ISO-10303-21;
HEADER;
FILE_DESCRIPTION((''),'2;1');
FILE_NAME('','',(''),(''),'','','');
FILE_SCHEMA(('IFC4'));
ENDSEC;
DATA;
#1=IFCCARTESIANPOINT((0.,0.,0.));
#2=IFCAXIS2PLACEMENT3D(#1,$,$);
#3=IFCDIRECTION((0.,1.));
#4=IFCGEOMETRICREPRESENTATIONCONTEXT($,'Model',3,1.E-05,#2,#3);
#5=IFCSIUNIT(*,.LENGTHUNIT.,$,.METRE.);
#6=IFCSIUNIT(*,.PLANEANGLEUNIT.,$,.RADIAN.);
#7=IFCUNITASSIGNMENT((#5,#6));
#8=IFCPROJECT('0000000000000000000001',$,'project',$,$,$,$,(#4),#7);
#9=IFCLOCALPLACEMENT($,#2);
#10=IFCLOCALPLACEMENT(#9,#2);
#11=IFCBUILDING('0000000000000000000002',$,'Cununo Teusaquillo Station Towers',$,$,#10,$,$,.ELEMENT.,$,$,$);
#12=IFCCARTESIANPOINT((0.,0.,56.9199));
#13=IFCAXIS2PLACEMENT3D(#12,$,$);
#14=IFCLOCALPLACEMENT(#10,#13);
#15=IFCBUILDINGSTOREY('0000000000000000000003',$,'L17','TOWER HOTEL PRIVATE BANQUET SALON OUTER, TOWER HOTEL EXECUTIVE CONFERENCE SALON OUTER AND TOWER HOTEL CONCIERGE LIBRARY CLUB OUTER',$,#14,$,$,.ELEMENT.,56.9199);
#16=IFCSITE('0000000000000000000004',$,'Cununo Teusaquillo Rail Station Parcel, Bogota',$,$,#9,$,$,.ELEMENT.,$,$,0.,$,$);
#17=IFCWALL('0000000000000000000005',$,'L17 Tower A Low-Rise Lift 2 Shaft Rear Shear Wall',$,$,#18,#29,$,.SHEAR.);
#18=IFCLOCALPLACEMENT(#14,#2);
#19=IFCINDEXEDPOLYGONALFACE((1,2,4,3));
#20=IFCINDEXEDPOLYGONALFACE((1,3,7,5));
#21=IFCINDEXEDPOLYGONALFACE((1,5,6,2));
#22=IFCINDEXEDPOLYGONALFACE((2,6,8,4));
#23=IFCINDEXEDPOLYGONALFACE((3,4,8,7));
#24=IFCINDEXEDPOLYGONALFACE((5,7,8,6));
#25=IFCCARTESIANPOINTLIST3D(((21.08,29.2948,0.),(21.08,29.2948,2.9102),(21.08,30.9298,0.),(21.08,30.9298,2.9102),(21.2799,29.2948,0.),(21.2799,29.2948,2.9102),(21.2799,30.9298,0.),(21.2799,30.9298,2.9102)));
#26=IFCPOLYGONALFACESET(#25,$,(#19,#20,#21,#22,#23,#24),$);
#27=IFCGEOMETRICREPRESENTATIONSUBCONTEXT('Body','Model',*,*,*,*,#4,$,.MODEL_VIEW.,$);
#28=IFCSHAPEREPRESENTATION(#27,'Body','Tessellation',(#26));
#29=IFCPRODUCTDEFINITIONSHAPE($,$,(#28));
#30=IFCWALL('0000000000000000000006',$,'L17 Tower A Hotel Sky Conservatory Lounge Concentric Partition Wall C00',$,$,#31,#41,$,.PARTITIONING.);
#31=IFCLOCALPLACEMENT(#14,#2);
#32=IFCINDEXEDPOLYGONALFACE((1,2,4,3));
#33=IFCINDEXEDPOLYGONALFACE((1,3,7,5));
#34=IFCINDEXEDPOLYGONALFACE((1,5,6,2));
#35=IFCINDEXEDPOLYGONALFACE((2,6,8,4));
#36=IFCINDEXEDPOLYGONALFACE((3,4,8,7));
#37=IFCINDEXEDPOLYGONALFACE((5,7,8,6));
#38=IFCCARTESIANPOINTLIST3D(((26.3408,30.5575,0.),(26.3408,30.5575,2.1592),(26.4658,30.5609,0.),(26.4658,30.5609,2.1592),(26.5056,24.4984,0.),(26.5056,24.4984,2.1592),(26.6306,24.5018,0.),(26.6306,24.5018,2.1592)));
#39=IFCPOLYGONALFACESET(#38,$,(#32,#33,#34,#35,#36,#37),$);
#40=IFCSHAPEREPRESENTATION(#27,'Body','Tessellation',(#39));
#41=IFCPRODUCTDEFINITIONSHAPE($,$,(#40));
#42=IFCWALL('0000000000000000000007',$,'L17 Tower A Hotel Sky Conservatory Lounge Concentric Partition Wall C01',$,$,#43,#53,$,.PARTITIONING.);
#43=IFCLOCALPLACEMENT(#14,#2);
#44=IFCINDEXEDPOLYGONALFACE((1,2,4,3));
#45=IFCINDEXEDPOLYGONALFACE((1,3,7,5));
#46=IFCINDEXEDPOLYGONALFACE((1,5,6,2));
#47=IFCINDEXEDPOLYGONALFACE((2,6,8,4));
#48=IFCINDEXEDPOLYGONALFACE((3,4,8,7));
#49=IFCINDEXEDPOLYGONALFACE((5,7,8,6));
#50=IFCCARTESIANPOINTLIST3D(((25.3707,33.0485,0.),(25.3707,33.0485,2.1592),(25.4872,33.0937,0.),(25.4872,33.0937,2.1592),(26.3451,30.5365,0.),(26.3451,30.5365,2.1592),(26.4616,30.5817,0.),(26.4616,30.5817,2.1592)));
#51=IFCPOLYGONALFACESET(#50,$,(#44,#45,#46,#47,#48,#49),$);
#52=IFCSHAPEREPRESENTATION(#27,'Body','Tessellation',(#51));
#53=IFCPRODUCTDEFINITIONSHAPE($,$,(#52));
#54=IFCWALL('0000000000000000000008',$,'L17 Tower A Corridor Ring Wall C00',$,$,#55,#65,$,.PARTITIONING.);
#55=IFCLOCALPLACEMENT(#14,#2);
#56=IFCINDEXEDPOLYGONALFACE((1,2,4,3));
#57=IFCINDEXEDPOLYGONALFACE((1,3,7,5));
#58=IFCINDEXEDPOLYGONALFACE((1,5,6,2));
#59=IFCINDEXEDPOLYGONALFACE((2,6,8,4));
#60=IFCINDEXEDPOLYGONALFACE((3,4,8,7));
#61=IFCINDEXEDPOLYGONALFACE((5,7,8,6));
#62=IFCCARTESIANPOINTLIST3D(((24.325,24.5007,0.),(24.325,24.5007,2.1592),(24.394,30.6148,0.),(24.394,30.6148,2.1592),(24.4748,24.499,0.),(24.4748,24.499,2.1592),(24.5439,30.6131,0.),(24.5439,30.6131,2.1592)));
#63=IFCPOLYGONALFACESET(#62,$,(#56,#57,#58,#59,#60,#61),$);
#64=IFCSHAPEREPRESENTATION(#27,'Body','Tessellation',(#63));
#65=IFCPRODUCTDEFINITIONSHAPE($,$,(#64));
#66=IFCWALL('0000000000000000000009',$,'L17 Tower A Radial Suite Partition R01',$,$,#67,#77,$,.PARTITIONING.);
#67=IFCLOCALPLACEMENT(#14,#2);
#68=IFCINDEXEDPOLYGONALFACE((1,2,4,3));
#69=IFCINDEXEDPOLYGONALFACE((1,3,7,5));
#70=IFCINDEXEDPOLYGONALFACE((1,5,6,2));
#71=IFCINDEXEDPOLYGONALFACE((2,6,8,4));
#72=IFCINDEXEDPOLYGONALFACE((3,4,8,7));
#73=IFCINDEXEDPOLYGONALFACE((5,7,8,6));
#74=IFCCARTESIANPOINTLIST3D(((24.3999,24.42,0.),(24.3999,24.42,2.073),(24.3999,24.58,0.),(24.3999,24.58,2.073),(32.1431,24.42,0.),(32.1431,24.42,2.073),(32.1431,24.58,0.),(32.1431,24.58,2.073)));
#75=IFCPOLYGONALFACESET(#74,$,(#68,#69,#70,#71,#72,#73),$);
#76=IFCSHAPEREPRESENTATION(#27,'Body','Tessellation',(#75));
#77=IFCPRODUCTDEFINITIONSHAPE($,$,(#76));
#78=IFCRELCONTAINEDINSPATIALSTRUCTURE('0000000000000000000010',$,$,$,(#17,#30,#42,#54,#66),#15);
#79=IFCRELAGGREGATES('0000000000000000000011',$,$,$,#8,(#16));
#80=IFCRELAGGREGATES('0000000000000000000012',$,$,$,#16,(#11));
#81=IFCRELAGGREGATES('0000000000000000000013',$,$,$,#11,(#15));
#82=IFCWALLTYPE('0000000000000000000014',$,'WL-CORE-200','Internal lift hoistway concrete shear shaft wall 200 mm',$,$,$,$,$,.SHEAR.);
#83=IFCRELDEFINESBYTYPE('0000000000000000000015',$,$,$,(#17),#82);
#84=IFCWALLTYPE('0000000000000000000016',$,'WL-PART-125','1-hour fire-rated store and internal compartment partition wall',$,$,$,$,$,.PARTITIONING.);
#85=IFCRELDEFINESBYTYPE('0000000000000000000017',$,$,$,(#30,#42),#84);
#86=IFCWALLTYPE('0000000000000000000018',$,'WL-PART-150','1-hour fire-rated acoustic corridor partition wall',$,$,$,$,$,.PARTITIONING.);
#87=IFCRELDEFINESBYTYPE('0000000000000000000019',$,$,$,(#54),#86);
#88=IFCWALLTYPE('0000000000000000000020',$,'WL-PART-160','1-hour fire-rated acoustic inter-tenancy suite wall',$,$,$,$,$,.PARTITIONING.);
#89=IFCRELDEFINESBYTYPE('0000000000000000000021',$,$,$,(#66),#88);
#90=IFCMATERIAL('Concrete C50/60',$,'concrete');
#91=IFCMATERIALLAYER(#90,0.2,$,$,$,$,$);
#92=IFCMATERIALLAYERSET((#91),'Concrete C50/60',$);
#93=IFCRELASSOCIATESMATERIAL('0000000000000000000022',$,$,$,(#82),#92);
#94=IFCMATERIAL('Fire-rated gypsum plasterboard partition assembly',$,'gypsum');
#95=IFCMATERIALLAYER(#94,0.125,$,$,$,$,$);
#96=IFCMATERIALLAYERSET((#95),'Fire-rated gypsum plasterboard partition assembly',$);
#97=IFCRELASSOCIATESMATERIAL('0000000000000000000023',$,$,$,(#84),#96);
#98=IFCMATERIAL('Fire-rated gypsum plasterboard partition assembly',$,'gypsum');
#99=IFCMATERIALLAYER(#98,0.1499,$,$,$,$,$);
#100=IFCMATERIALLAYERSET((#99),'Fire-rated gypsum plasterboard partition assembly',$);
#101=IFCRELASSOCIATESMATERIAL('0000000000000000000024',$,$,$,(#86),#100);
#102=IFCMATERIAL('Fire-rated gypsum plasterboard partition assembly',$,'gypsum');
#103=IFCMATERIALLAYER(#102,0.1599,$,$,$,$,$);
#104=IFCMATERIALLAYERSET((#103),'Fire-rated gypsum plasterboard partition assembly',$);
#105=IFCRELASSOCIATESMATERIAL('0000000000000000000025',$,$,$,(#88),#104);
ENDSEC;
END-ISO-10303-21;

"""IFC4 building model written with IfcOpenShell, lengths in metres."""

from ifc_helpers import new_model, si_unit, direction, frame, frame_2d, origin, place, context, subcontext, project, spatial, rectangle, extrude, material, layer, layer_set, type_object, element, save


model = new_model("IFC4")

# Units and contexts
model_context = context("Model", 3, precision=1e-05, world=origin(), true_north=direction((0.0, 1.0)))
body_context = subcontext(model_context, "Body", "Model", "MODEL_VIEW")
ifc_project = project(units=[si_unit("LENGTHUNIT", "METRE"), si_unit("PLANEANGLEUNIT", "RADIAN")], contexts=[model_context])

# Site, building, storey
site_placement = place(None, origin())
site = spatial("IfcSite", under=ifc_project, at=site_placement, Name="Cununo Teusaquillo Rail Station Parcel, Bogota", CompositionType="ELEMENT", RefElevation=0.0)
building_placement = place(site_placement, origin())
building = spatial("IfcBuilding", under=site, at=building_placement, Name="Cununo Teusaquillo Station Towers", CompositionType="ELEMENT")
storey_placement = place(building_placement, frame((0.0, 0.0, 56.9199)))
storey = spatial("IfcBuildingStorey", under=building, at=storey_placement, Name="L17", Description="TOWER HOTEL PRIVATE BANQUET SALON OUTER, TOWER HOTEL EXECUTIVE CONFERENCE SALON OUTER AND TOWER HOTEL CONCIERGE LIBRARY CLUB OUTER", CompositionType="ELEMENT", Elevation=56.9199)

# Walls
ifc_material_1 = material(Name="Concrete C50/60", Category="concrete")
ifc_layer_1 = layer(ifc_material_1, 0.2)
ifc_layer_set_1 = layer_set([ifc_layer_1], Name="Concrete C50/60")
wall_type_1 = type_object("IfcWallType", Name="WL-CORE-200", Description="Internal lift hoistway concrete shear shaft wall 200 mm", PredefinedType="SHEAR", material=ifc_layer_set_1)
wall_1_placement = place(storey_placement, frame((21.1799, 29.2949, 0.0), z_axis=(0.0, 0.0, 1.0), x_axis=(0.0, 1.0, 0.0)))
element("IfcWall", 1, at=wall_1_placement, inside=storey, type_object=wall_type_1, Name="L17 Tower A Low-Rise Lift 2 Shaft Rear Shear Wall", PredefinedType="SHEAR", context=body_context, shape_type="SweptSolid", body=[
    extrude(rectangle(XDim=1.635, YDim=0.2, at=frame_2d((0.8174, 0.0))), origin(), (0.0, 0.0, 1.0), 2.9102),
])
ifc_material_2 = material(Name="Fire-rated gypsum plasterboard partition assembly", Category="gypsum")
ifc_layer_2 = layer(ifc_material_2, 0.125)
ifc_layer_set_2 = layer_set([ifc_layer_2], Name="Fire-rated gypsum plasterboard partition assembly")
wall_type_2 = type_object("IfcWallType", Name="WL-PART-125", Description="1-hour fire-rated store and internal compartment partition wall", PredefinedType="PARTITIONING", material=ifc_layer_set_2)
wall_2_placement = place(storey_placement, frame((26.5681, 24.5, 0.0), z_axis=(0.0, 0.0, 1.0), x_axis=(-0.027188, 0.99963, 0.0)))
element("IfcWall", 2, at=wall_2_placement, inside=storey, type_object=wall_type_2, Name="L17 Tower A Hotel Sky Conservatory Lounge Concentric Partition Wall C00", PredefinedType="PARTITIONING", context=body_context, shape_type="SweptSolid", body=[
    extrude(rectangle(XDim=6.0613, YDim=0.125, at=frame_2d((3.0308, 0.0))), origin(), (0.0, 0.0, 1.0), 2.1592),
])
wall_3_placement = place(storey_placement, frame((26.4033, 30.5591, 0.0), z_axis=(0.0, 0.0, 1.0), x_axis=(-0.361637, 0.932319, 0.0)))
element("IfcWall", 3, at=wall_3_placement, inside=storey, type_object=wall_type_2, Name="L17 Tower A Hotel Sky Conservatory Lounge Concentric Partition Wall C01", PredefinedType="PARTITIONING", context=body_context, shape_type="SweptSolid", body=[
    extrude(rectangle(XDim=2.6943, YDim=0.125, at=frame_2d((1.3472, 0.0))), origin(), (0.0, 0.0, 1.0), 2.1592),
])
ifc_material_3 = material(Name="Fire-rated gypsum plasterboard partition assembly", Category="gypsum")
ifc_layer_3 = layer(ifc_material_3, 0.1499)
ifc_layer_set_3 = layer_set([ifc_layer_3], Name="Fire-rated gypsum plasterboard partition assembly")
wall_type_3 = type_object("IfcWallType", Name="WL-PART-150", Description="1-hour fire-rated acoustic corridor partition wall", PredefinedType="PARTITIONING", material=ifc_layer_set_3)
wall_4_placement = place(storey_placement, frame((24.3999, 24.5, 0.0), z_axis=(0.0, 0.0, 1.0), x_axis=(0.0113, 0.999936, 0.0)))
element("IfcWall", 4, at=wall_4_placement, inside=storey, type_object=wall_type_3, Name="L17 Tower A Corridor Ring Wall C00", PredefinedType="PARTITIONING", context=body_context, shape_type="SweptSolid", body=[
    extrude(rectangle(XDim=6.1145, YDim=0.1499, at=frame_2d((3.0571, 0.0))), origin(), (0.0, 0.0, 1.0), 2.1592),
])
ifc_material_4 = material(Name="Fire-rated gypsum plasterboard partition assembly", Category="gypsum")
ifc_layer_4 = layer(ifc_material_4, 0.1599)
ifc_layer_set_4 = layer_set([ifc_layer_4], Name="Fire-rated gypsum plasterboard partition assembly")
wall_type_4 = type_object("IfcWallType", Name="WL-PART-160", Description="1-hour fire-rated acoustic inter-tenancy suite wall", PredefinedType="PARTITIONING", material=ifc_layer_set_4)
wall_5_placement = place(storey_placement, frame((24.3999, 24.5, 0.0), z_axis=(0.0, 0.0, 1.0), x_axis=(1.0, 0.0, 0.0)))
element("IfcWall", 5, at=wall_5_placement, inside=storey, type_object=wall_type_4, Name="L17 Tower A Radial Suite Partition R01", PredefinedType="PARTITIONING", context=body_context, shape_type="SweptSolid", body=[
    extrude(rectangle(XDim=7.7432, YDim=0.1599, at=frame_2d((3.8716, 0.0))), origin(), (0.0, 0.0, 1.0), 2.073),
])

save(model, "model.ifc")
